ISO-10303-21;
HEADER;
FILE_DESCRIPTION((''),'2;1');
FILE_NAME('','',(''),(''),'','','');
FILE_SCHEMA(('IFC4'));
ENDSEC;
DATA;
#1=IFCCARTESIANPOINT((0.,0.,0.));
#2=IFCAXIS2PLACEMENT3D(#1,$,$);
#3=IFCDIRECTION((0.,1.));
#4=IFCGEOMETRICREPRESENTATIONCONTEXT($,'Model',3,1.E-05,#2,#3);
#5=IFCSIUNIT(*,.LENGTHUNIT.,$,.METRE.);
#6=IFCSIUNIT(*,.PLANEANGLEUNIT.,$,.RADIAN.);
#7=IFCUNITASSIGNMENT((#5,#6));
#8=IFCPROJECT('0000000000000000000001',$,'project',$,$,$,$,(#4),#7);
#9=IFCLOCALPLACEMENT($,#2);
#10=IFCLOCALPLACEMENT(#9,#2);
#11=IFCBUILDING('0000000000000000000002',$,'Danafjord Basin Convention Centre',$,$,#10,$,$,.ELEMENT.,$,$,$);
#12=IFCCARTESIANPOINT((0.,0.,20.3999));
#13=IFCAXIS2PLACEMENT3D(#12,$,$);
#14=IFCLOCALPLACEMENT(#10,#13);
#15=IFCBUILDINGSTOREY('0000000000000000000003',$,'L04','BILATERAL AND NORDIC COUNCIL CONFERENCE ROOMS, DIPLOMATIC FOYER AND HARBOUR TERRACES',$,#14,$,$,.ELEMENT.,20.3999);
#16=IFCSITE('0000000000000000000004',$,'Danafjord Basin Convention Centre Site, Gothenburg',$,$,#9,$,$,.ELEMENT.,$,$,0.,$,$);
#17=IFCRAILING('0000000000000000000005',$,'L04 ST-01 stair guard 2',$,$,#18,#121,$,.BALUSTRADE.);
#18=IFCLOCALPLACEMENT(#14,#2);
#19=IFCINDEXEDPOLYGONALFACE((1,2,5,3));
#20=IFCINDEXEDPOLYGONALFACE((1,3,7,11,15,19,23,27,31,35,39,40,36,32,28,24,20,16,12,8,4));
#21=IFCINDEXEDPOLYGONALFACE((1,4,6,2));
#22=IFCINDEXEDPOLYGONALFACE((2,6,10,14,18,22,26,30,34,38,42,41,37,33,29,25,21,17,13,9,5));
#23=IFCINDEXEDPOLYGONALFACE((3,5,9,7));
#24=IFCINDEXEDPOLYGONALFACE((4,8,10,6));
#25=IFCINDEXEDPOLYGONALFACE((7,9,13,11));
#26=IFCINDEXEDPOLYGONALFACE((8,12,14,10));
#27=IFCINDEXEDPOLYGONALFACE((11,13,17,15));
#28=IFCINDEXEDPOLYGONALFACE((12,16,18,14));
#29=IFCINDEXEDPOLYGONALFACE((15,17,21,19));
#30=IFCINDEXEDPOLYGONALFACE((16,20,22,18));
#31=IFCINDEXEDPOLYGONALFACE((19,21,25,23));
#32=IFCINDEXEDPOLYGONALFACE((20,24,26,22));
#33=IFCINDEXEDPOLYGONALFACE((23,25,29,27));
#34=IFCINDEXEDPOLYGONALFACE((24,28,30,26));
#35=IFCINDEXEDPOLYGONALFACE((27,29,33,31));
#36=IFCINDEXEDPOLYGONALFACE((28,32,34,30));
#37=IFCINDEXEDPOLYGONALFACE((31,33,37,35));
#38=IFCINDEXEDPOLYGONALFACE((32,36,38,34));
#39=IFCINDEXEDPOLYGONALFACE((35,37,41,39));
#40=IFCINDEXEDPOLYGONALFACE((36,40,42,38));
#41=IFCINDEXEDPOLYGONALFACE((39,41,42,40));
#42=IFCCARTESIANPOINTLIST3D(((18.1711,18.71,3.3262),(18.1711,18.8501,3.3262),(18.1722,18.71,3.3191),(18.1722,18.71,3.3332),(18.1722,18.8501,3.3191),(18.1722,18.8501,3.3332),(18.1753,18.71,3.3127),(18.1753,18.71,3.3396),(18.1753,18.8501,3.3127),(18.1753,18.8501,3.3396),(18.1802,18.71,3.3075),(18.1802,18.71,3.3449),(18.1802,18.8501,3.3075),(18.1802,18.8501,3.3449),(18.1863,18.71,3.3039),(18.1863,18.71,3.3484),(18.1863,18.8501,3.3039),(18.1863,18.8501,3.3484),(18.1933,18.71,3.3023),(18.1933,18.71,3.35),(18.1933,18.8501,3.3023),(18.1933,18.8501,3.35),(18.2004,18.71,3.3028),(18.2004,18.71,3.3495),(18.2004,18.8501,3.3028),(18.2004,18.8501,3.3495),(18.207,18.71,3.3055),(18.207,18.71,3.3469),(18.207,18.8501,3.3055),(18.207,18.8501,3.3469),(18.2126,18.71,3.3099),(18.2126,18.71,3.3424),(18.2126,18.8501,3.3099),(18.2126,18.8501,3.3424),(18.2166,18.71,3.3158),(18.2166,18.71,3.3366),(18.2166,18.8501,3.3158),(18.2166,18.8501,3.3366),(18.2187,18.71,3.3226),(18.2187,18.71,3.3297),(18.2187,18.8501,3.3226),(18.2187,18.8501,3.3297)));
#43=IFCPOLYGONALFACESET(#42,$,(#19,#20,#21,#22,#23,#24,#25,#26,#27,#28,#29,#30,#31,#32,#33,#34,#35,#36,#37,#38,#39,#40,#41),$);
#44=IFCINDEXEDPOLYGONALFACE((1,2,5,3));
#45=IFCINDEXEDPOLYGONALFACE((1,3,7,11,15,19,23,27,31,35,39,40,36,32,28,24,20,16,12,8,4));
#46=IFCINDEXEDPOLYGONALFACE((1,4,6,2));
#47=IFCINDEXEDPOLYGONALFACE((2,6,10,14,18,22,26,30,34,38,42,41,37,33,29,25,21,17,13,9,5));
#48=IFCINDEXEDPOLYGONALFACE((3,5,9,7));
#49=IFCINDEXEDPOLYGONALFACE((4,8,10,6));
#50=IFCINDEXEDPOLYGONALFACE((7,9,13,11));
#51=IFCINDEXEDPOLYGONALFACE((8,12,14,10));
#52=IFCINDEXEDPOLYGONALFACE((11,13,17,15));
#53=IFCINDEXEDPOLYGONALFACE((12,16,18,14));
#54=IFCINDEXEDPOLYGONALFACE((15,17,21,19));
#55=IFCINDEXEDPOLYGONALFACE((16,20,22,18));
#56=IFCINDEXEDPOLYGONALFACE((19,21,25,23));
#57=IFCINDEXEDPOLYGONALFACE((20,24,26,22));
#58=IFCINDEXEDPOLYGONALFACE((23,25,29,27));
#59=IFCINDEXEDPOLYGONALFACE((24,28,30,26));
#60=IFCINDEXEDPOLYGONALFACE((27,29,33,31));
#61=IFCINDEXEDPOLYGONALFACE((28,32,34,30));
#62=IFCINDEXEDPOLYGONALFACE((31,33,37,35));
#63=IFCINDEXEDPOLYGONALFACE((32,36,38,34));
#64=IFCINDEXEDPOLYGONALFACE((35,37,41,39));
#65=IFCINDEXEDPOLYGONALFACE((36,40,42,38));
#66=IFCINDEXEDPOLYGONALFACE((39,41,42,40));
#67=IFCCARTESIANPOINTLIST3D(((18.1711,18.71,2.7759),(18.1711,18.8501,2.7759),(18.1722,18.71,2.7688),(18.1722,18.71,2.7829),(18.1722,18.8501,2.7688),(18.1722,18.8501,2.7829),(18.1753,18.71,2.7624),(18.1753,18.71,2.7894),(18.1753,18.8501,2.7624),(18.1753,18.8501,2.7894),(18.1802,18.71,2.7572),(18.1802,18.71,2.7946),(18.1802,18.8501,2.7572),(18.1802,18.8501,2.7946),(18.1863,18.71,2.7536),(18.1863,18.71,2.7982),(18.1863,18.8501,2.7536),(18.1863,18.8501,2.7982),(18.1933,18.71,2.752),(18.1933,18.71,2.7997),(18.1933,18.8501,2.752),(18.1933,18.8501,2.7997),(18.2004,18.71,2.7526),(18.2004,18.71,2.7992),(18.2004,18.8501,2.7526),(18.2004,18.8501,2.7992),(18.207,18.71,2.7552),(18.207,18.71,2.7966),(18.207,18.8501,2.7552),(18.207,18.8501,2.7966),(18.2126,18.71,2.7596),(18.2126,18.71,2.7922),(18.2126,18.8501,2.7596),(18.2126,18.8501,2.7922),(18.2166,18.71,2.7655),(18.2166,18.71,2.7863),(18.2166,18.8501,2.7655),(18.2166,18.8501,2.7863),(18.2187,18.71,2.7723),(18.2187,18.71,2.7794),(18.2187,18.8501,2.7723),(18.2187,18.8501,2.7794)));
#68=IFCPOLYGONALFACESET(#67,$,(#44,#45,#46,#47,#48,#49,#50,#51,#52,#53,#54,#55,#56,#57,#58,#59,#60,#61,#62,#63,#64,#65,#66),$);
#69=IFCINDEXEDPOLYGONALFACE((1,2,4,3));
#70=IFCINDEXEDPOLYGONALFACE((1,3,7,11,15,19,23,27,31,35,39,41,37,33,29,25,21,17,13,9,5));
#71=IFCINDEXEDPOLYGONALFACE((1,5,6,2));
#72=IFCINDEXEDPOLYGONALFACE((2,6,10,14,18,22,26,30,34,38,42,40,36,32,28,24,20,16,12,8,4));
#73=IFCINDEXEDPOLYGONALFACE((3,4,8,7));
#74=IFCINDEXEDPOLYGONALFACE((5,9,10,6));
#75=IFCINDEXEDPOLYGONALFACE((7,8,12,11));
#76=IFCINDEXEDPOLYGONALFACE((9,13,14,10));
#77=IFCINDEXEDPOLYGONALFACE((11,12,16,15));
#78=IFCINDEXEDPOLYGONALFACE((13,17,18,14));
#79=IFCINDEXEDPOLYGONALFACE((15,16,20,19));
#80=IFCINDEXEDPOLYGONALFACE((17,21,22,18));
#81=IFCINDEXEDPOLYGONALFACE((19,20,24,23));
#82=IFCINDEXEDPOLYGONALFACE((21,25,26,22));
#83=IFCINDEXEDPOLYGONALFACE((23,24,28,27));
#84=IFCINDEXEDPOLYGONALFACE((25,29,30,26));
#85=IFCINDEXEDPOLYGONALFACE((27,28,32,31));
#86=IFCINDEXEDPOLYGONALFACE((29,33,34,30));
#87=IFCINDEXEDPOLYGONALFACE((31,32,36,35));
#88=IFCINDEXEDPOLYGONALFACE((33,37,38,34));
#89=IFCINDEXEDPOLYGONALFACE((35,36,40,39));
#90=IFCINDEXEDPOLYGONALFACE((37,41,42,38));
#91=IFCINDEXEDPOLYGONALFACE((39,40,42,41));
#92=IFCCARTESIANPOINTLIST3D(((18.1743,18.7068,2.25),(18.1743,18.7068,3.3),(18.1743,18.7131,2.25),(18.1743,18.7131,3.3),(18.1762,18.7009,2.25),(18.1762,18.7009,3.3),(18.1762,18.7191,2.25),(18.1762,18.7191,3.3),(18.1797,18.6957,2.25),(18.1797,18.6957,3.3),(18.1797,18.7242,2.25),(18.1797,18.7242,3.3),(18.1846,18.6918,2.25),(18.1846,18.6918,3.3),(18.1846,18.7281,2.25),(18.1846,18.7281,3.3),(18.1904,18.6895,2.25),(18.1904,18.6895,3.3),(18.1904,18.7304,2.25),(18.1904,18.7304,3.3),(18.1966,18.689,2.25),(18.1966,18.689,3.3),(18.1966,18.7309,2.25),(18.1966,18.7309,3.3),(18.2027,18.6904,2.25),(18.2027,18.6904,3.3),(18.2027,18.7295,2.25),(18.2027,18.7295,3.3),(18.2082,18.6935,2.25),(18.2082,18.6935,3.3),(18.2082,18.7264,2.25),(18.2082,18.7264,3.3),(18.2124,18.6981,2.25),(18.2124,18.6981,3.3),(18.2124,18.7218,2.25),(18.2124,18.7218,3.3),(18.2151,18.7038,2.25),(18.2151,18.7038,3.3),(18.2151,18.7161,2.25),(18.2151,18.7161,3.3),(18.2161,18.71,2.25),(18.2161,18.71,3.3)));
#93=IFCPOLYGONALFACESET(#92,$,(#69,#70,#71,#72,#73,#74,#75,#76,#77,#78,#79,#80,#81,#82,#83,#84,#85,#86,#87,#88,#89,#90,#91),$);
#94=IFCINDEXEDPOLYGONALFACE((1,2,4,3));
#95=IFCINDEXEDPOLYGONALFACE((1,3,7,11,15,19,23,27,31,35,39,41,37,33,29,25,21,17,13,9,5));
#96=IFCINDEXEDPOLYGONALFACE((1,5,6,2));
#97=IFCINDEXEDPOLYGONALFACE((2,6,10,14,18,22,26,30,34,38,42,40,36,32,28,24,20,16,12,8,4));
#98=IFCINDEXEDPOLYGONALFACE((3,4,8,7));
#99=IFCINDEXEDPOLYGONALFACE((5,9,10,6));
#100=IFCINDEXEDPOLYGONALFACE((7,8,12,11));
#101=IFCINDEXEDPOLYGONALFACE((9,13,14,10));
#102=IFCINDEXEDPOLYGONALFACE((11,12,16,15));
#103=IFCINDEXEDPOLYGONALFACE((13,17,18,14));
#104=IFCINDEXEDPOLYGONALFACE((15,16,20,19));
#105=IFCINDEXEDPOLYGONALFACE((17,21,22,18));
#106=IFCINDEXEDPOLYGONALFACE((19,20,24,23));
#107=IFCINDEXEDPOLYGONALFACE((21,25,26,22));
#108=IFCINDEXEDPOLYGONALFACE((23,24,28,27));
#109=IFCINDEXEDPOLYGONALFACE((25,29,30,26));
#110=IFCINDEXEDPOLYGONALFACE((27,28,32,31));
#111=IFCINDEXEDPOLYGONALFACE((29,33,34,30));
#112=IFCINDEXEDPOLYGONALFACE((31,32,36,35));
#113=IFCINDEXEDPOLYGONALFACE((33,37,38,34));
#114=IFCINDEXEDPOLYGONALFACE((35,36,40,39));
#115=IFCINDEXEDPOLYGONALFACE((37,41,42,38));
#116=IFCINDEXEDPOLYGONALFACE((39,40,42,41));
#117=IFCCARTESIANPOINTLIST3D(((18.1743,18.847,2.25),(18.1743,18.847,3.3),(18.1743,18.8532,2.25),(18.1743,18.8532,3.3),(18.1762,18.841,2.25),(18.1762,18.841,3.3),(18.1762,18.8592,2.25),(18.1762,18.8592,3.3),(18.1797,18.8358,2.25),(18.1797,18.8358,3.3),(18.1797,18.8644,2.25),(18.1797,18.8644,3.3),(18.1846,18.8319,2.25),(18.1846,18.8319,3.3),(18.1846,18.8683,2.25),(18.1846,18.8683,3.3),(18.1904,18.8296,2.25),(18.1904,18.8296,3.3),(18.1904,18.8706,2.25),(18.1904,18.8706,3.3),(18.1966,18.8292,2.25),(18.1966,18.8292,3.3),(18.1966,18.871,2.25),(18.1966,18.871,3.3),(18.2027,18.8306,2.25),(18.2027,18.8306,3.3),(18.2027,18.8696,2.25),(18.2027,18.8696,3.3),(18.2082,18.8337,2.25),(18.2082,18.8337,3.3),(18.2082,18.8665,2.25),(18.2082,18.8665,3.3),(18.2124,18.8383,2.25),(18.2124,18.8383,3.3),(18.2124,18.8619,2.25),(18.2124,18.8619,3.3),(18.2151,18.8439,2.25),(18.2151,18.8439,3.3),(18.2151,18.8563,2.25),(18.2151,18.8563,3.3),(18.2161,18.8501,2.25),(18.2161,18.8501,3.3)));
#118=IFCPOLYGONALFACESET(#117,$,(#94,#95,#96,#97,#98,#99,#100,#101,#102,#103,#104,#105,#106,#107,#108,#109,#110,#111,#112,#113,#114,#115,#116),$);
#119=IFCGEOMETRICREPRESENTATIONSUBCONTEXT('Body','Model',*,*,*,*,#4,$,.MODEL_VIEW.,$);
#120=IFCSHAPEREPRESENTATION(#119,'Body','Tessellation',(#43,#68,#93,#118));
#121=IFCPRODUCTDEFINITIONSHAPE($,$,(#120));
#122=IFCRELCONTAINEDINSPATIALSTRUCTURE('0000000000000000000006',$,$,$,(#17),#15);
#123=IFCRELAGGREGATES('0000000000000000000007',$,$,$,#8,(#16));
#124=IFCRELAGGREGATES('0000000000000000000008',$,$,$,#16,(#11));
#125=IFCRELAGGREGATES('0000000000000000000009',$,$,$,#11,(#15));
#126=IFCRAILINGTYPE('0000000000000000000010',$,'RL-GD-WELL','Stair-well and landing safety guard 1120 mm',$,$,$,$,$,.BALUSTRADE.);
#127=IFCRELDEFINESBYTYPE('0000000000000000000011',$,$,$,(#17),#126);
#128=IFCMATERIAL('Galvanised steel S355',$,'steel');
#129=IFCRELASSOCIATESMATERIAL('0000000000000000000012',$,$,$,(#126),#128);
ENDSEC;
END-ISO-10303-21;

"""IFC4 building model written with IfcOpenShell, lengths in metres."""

from ifc_helpers import new_model, si_unit, direction, frame, origin, origin_2d, place, context, subcontext, project, spatial, circle, extrude, material, type_object, element, save


model = new_model("IFC4")

# Units and contexts
model_context = context("Model", 3, precision=1e-05, world=origin(), true_north=direction((0.0, 1.0)))
body_context = subcontext(model_context, "Body", "Model", "MODEL_VIEW")
ifc_project = project(units=[si_unit("LENGTHUNIT", "METRE"), si_unit("PLANEANGLEUNIT", "RADIAN")], contexts=[model_context])

# Site, building, storey
site_placement = place(None, origin())
site = spatial("IfcSite", under=ifc_project, at=site_placement, Name="Danafjord Basin Convention Centre Site, Gothenburg", CompositionType="ELEMENT", RefElevation=0.0)
building_placement = place(site_placement, origin())
building = spatial("IfcBuilding", under=site, at=building_placement, Name="Danafjord Basin Convention Centre", CompositionType="ELEMENT")
storey_placement = place(building_placement, frame((0.0, 0.0, 20.3999)))
storey = spatial("IfcBuildingStorey", under=building, at=storey_placement, Name="L04", Description="BILATERAL AND NORDIC COUNCIL CONFERENCE ROOMS, DIPLOMATIC FOYER AND HARBOUR TERRACES", CompositionType="ELEMENT", Elevation=20.3999)

# Railing
ifc_material_1 = material(Name="Galvanised steel S355", Category="steel")
railing_type_1 = type_object("IfcRailingType", Name="RL-GD-WELL", Description="Stair-well and landing safety guard 1120 mm", PredefinedType="BALUSTRADE", material=ifc_material_1)
railing_1_placement = place(storey_placement, frame((18.1951, 18.71, 2.25)))
element("IfcRailing", 1, at=railing_1_placement, inside=storey, type_object=railing_type_1, Name="L04 ST-01 stair guard 2", PredefinedType="BALUSTRADE", context=body_context, shape_type="SweptSolid", body=[
    extrude(circle(Radius=0.0239, at=origin_2d()), frame((0.0, 0.0, 1.0762), z_axis=(0.0, 1.0, 0.0), x_axis=(-1.0, 0.0, 0.0)), (0.0, 0.0, 1.0), 0.1401),
    extrude(circle(Radius=0.0239, at=origin_2d()), frame((0.0, 0.0, 0.5259), z_axis=(0.0, 1.0, 0.0), x_axis=(-1.0, 0.0, 0.0)), (0.0, 0.0, 1.0), 0.1401),
    extrude(circle(Radius=0.021, at=origin_2d()), origin(), (0.0, 0.0, 1.0), 1.05),
    extrude(circle(Radius=0.021, at=origin_2d()), frame((0.0, 0.1401, 0.0)), (0.0, 0.0, 1.0), 1.05),
])

save(model, "model.ifc")
